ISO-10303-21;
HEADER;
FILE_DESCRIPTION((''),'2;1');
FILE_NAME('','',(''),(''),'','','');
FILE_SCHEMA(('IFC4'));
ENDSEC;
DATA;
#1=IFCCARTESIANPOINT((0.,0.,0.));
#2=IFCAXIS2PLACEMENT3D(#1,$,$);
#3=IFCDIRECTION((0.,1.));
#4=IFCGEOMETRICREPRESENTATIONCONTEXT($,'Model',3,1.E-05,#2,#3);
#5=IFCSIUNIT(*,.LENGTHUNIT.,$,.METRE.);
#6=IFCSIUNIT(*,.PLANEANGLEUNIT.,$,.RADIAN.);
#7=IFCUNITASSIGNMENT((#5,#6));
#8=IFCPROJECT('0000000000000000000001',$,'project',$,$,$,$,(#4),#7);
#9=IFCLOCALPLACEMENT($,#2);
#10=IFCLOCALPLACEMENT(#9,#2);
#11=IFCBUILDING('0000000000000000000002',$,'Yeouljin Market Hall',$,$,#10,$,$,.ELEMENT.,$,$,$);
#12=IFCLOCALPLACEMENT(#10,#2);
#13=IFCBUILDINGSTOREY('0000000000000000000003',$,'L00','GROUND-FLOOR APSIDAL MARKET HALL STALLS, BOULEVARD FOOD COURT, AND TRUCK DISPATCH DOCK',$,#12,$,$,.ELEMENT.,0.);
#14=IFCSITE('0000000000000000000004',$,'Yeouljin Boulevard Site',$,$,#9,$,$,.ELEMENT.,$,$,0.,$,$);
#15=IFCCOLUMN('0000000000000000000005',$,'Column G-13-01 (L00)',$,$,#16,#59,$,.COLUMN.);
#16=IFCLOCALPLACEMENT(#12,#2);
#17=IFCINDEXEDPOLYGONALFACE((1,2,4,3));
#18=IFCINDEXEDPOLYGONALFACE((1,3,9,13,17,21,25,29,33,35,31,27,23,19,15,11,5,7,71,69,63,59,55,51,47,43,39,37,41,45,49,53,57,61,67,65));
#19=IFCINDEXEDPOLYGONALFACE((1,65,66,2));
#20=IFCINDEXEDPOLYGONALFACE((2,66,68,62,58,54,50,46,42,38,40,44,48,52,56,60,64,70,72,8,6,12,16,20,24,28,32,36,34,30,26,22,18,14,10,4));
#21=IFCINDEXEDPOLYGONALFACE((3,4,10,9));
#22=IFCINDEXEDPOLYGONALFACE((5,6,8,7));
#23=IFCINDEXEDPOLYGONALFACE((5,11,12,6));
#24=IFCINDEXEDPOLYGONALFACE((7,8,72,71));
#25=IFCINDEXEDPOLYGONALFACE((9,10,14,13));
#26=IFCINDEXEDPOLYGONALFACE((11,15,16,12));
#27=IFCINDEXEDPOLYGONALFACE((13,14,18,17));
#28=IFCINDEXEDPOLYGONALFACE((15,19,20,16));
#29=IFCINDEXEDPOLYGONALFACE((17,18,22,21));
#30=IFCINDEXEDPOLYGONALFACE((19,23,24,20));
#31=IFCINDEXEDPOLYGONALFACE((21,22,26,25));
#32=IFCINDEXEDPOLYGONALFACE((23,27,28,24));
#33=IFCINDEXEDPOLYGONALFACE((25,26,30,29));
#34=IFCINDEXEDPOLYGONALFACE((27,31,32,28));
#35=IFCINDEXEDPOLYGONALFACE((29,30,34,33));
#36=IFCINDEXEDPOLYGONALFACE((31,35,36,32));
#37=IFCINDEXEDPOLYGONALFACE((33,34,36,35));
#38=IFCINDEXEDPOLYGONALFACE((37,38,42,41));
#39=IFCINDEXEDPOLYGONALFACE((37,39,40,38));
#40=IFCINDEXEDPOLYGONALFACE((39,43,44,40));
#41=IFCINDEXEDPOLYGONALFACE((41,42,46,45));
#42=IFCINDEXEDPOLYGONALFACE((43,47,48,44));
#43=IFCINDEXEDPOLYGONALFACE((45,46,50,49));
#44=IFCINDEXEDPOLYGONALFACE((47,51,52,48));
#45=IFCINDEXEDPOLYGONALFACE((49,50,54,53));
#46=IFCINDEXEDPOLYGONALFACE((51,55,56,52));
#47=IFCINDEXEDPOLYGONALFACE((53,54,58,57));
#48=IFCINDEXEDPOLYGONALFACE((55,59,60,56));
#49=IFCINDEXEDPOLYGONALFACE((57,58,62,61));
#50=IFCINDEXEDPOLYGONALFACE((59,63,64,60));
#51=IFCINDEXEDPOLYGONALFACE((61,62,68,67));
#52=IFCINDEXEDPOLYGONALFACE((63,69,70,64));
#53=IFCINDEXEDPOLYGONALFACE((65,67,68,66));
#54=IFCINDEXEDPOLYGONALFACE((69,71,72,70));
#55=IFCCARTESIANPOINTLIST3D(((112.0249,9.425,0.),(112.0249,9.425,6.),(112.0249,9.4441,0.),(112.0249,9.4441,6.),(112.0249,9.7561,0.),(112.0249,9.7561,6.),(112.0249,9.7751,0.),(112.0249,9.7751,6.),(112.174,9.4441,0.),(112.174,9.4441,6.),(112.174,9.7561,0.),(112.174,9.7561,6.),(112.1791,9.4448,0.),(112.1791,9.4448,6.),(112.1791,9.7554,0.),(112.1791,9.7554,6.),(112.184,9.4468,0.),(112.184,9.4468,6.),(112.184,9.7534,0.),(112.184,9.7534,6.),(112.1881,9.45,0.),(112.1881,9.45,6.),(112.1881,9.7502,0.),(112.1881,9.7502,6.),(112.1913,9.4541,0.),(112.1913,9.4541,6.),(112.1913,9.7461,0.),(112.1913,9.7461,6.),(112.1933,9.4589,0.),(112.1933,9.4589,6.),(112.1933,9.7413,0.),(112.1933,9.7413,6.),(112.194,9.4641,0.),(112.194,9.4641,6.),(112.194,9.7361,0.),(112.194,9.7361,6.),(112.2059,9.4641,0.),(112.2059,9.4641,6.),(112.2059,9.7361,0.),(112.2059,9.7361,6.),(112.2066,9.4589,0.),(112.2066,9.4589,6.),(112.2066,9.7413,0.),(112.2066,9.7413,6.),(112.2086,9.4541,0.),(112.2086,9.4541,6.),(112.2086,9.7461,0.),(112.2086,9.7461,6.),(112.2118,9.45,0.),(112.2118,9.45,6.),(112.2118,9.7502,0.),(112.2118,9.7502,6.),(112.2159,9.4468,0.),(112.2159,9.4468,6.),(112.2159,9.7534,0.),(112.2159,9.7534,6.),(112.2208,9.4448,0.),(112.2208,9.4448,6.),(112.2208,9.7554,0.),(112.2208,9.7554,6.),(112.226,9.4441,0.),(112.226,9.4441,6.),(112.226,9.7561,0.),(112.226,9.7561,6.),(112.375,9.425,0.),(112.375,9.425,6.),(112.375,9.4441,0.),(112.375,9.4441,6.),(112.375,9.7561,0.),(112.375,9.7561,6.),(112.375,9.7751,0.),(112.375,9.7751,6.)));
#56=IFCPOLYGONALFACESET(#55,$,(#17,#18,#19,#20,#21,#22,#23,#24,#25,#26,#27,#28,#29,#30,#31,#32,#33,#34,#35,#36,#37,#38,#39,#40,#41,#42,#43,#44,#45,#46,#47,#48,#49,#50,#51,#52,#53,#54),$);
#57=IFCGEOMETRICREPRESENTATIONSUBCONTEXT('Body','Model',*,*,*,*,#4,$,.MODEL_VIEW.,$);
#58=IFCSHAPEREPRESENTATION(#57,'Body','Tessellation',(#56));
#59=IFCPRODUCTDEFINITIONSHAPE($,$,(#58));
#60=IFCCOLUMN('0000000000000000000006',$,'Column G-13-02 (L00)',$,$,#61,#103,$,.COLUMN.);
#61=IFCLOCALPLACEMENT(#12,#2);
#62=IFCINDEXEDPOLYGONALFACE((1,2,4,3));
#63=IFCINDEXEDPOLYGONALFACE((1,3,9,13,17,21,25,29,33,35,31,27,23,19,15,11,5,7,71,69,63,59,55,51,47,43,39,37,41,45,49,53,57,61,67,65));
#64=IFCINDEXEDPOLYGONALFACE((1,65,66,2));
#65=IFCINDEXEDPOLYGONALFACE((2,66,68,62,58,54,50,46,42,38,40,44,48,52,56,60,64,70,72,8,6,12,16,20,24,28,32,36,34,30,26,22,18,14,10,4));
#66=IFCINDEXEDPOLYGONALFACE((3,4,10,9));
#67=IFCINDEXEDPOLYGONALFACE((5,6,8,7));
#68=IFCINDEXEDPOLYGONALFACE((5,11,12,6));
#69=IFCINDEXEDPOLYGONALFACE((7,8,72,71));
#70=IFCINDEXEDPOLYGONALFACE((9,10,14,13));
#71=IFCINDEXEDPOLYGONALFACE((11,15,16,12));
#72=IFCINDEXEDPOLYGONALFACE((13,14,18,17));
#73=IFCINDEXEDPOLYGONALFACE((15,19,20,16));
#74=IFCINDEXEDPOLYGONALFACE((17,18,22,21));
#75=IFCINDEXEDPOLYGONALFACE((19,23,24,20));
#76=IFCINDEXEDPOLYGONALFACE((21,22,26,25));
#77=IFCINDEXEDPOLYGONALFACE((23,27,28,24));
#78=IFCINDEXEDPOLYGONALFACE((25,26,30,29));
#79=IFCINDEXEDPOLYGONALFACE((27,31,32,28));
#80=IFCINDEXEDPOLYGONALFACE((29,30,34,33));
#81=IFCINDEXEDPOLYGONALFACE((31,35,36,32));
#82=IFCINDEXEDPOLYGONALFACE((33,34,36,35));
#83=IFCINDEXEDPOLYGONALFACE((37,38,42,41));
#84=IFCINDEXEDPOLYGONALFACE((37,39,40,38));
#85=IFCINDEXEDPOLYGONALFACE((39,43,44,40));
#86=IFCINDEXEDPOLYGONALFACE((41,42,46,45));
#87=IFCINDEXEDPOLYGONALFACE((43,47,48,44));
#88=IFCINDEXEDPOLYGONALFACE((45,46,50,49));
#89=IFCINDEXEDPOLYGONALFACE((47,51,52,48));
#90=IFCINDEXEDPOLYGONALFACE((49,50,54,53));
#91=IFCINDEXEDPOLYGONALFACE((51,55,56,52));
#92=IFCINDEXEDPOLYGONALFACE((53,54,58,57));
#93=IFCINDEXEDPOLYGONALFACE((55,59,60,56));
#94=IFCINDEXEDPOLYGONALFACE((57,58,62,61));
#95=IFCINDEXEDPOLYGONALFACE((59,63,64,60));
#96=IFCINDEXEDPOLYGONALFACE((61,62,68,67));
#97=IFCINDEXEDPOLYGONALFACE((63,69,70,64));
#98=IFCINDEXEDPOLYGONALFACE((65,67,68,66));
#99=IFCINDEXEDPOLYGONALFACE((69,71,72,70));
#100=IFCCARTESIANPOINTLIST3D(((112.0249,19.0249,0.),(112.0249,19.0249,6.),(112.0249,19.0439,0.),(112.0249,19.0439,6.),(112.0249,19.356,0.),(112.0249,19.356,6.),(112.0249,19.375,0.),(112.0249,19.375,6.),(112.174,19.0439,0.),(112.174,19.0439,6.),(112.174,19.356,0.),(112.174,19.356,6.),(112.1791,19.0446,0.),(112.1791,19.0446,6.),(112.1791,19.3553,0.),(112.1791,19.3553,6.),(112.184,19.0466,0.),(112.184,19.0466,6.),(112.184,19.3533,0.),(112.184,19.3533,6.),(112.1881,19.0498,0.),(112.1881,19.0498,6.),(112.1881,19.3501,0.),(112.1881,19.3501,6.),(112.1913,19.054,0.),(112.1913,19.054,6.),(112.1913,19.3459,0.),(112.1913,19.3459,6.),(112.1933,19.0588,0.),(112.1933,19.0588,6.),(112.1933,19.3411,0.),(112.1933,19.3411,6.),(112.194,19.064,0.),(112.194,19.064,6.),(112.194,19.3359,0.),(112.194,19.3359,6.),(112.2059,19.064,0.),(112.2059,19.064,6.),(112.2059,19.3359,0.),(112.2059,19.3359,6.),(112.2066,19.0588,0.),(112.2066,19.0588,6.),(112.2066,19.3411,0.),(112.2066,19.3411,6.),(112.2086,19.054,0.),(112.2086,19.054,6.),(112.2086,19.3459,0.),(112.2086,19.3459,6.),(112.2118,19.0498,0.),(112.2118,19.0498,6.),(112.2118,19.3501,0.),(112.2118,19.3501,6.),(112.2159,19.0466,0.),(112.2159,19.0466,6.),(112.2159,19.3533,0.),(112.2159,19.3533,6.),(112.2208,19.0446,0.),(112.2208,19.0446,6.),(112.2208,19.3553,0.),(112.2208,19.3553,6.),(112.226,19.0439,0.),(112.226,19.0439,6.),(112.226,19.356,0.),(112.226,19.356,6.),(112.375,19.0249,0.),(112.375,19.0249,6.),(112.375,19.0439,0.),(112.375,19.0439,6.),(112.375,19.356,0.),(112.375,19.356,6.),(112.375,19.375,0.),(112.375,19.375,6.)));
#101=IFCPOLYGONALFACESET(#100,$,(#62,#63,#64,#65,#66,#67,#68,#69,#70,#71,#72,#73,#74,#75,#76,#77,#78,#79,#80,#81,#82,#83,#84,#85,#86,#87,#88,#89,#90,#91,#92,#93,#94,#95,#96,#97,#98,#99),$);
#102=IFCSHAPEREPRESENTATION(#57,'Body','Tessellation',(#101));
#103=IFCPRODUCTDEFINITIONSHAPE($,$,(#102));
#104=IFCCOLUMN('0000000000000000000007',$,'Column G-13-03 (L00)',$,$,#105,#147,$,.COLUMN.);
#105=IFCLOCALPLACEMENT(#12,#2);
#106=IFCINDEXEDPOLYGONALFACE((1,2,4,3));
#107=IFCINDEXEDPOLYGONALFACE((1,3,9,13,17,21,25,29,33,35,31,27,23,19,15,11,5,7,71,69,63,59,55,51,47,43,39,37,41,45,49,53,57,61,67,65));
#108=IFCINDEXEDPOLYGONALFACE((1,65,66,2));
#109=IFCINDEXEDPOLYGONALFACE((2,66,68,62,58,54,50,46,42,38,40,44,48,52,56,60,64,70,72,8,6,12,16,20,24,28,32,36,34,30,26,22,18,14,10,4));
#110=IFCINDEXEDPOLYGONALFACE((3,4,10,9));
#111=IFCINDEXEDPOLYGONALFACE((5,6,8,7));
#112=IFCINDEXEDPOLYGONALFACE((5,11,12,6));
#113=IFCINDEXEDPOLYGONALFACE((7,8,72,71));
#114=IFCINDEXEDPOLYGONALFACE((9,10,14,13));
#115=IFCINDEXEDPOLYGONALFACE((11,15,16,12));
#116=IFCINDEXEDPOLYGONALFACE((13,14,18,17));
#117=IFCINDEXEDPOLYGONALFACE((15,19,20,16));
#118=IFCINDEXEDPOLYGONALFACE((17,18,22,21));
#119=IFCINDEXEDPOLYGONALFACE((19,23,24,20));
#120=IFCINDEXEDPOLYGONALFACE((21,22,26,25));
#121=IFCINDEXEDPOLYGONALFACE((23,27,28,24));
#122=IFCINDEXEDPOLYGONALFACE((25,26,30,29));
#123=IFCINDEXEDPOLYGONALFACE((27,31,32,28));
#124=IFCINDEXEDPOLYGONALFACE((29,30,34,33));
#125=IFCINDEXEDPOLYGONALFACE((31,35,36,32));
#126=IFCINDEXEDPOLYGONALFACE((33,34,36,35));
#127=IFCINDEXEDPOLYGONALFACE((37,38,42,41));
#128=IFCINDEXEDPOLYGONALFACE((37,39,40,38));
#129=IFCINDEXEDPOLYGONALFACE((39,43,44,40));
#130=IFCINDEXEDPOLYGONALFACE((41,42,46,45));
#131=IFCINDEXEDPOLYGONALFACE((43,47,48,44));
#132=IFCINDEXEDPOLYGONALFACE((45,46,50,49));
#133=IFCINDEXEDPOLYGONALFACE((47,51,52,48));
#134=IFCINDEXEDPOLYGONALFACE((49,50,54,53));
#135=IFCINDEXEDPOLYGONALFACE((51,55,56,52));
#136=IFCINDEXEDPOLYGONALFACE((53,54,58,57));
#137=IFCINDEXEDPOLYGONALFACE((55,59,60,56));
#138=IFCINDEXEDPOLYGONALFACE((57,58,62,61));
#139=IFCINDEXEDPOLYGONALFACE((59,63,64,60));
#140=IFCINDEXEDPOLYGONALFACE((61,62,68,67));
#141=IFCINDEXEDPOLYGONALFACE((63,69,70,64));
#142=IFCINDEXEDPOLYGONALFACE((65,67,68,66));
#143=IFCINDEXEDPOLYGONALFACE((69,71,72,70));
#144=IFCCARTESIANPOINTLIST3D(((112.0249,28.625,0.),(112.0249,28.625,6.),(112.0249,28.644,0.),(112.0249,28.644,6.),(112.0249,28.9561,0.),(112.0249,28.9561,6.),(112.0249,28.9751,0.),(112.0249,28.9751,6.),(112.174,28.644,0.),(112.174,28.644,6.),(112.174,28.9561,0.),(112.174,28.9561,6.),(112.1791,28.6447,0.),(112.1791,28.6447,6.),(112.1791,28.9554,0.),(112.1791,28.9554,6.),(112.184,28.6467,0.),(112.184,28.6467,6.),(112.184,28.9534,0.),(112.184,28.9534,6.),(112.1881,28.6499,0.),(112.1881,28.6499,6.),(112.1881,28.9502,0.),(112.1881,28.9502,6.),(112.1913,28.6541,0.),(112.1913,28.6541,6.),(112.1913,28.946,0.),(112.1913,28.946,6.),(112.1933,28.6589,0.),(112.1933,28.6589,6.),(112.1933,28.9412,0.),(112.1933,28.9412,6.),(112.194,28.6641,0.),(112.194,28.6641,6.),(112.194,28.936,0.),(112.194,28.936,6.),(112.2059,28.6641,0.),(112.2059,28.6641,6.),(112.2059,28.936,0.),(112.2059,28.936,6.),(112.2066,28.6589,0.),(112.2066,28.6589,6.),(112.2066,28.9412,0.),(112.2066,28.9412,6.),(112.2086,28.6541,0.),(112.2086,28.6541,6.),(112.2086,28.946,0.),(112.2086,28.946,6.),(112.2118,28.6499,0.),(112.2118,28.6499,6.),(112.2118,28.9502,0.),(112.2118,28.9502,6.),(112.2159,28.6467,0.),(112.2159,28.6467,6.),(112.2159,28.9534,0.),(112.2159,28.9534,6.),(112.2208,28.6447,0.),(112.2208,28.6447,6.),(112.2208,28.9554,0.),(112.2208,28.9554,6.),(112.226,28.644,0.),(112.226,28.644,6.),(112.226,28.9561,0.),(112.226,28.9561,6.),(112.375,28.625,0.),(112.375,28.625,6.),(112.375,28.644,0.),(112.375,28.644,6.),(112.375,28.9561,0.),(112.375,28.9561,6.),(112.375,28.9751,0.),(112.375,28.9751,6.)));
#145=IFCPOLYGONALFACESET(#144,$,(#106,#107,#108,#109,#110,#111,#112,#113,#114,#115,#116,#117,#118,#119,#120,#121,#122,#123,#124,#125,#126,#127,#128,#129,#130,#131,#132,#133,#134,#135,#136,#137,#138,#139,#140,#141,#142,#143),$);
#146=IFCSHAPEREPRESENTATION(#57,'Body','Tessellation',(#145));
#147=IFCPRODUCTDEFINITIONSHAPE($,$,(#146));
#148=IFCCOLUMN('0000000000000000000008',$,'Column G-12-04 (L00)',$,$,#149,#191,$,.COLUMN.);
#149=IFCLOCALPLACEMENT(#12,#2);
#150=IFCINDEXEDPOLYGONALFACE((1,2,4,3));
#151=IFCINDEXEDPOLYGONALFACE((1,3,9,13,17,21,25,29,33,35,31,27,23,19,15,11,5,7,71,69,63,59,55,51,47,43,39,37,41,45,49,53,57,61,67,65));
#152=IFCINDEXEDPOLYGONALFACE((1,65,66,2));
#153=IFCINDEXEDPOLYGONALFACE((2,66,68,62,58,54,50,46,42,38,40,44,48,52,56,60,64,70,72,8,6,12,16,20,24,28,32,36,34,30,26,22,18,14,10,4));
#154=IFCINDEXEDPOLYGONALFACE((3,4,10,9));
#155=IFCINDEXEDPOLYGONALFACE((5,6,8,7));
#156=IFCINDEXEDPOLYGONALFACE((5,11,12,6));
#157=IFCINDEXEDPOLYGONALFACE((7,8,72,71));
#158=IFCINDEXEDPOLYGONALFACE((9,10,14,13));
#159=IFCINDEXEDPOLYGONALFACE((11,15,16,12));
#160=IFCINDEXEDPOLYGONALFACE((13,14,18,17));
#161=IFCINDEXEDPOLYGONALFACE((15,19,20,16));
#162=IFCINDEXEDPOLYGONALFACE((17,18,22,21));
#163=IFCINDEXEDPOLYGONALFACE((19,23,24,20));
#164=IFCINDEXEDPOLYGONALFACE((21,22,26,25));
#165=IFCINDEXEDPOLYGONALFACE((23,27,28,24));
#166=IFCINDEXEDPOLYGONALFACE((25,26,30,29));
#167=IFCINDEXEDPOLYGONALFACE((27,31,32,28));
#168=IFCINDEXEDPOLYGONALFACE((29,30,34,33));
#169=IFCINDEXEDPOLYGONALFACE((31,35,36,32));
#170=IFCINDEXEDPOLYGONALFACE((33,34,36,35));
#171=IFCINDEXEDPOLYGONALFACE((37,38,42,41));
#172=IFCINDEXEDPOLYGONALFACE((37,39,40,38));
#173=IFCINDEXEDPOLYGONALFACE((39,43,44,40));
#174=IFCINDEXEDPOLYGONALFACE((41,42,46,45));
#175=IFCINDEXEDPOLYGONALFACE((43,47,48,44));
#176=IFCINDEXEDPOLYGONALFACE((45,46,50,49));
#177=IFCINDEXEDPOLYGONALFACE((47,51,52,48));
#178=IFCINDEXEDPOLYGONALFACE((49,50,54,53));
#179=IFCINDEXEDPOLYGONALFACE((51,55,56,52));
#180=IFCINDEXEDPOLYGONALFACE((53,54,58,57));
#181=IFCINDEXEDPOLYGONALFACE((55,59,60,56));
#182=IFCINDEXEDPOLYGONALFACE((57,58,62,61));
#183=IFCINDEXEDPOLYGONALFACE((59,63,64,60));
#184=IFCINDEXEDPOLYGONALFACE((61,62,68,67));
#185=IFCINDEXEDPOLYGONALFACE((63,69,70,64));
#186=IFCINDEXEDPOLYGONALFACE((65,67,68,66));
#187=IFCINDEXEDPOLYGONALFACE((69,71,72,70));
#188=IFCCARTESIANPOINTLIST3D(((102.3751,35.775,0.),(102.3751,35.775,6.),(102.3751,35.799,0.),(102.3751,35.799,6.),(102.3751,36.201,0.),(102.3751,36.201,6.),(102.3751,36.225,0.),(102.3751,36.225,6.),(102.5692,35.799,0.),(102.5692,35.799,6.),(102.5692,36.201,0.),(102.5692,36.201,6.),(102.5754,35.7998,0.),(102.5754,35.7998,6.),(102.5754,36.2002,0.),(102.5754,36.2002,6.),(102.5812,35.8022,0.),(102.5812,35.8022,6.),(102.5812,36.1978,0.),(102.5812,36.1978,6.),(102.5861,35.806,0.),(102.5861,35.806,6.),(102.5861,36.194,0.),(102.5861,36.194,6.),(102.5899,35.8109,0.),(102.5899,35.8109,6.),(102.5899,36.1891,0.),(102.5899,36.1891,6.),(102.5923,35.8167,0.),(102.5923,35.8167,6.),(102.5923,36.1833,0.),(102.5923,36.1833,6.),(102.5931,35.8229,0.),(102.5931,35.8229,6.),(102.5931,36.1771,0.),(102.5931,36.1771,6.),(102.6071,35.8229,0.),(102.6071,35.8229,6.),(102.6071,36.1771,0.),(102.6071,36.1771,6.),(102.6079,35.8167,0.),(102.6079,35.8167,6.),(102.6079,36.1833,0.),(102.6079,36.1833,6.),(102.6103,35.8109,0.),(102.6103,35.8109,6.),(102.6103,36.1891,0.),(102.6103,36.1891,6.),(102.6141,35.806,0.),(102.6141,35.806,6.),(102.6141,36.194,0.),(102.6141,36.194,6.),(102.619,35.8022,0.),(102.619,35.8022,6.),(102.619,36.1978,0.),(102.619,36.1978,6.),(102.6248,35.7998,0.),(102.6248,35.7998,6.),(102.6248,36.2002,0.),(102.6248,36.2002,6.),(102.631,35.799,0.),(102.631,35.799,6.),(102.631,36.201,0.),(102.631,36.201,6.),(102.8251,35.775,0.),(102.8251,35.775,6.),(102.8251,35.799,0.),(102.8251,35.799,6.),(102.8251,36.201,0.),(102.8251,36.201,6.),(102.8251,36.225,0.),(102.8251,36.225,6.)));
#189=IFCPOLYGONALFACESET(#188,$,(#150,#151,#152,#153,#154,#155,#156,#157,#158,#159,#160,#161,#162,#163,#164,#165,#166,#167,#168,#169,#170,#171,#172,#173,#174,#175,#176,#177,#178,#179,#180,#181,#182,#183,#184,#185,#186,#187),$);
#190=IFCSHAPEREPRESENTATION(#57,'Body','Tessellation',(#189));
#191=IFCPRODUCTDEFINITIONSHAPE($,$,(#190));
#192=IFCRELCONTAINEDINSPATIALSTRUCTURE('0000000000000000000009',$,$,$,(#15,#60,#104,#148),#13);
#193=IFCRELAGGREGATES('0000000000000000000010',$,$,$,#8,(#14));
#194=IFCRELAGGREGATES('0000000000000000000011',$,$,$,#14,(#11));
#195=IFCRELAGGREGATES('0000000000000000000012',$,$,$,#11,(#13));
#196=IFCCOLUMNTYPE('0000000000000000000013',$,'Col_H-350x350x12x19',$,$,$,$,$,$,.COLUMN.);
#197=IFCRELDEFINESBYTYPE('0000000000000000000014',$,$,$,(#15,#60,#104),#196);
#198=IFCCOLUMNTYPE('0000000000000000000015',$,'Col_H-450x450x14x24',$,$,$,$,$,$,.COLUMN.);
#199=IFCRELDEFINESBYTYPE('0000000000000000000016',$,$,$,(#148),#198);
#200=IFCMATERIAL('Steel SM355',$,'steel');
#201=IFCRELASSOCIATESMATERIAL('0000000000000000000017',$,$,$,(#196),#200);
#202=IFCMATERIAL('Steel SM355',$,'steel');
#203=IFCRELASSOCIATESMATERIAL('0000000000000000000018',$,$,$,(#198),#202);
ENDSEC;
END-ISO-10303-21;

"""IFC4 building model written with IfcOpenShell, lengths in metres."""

from ifc_helpers import new_model, si_unit, direction, frame, origin, origin_2d, place, context, subcontext, project, spatial, i_section, extrude, material, material_profile, profile_set, type_object, element, save


model = new_model("IFC4")

# Units and contexts
model_context = context("Model", 3, precision=1e-05, world=origin(), true_north=direction((0.0, 1.0)))
body_context = subcontext(model_context, "Body", "Model", "MODEL_VIEW")
ifc_project = project(units=[si_unit("LENGTHUNIT", "METRE"), si_unit("PLANEANGLEUNIT", "RADIAN")], contexts=[model_context])

# Site, building, storey
site_placement = place(None, origin())
site = spatial("IfcSite", under=ifc_project, at=site_placement, Name="Yeouljin Boulevard Site", CompositionType="ELEMENT", RefElevation=0.0)
building_placement = place(site_placement, origin())
building = spatial("IfcBuilding", under=site, at=building_placement, Name="Yeouljin Market Hall", CompositionType="ELEMENT")
storey_placement = place(building_placement, origin())
storey = spatial("IfcBuildingStorey", under=building, at=storey_placement, Name="L00", Description="GROUND-FLOOR APSIDAL MARKET HALL STALLS, BOULEVARD FOOD COURT, AND TRUCK DISPATCH DOCK", CompositionType="ELEMENT", Elevation=0.0)

# Columns
ifc_material_1 = material(Name="Steel SM355", Category="steel")
ifc_material_profile_1 = material_profile(ifc_material_1, i_section(OverallWidth=0.3501, OverallDepth=0.3501, WebThickness=0.012, FlangeThickness=0.019, FilletRadius=0.02, at=origin_2d()), Name="H-350x350x12x19")
ifc_profile_set_1 = profile_set([ifc_material_profile_1], Name="Steel SM355")
column_type_1 = type_object("IfcColumnType", Name="Col_H-350x350x12x19", PredefinedType="COLUMN", material=ifc_profile_set_1)
for number, where, z_axis, x_axis, name in (
    (1, (112.2, 9.6001, 0.0), (0.0, 0.0, 1.0), (1.0, 0.0, 0.0), "Column G-13-01 (L00)"),
    (2, (112.2, 19.2, 0.0), (0.0, 0.0, 1.0), (1.0, 0.0, 0.0), "Column G-13-02 (L00)"),
    (3, (112.2, 28.8, 0.0), (0.0, 0.0, 1.0), (1.0, 0.0, 0.0), "Column G-13-03 (L00)"),
):
    element("IfcColumn", number, at=place(storey_placement, frame(where, z_axis=z_axis, x_axis=x_axis)), inside=storey, type_object=column_type_1, Name=name, PredefinedType="COLUMN", context=body_context, shape_type="SweptSolid", body=[
        extrude(i_section(OverallWidth=0.3501, OverallDepth=0.3501, WebThickness=0.012, FlangeThickness=0.019, FilletRadius=0.02, at=origin_2d()), origin(), (0.0, 0.0, 1.0), 6.0),
    ])
ifc_material_2 = material(Name="Steel SM355", Category="steel")
ifc_material_profile_2 = material_profile(ifc_material_2, i_section(OverallWidth=0.45, OverallDepth=0.45, WebThickness=0.0139, FlangeThickness=0.0239, FilletRadius=0.0239, at=origin_2d()), Name="H-450x450x14x24")
ifc_profile_set_2 = profile_set([ifc_material_profile_2], Name="Steel SM355")
column_type_2 = type_object("IfcColumnType", Name="Col_H-450x450x14x24", PredefinedType="COLUMN", material=ifc_profile_set_2)
for number, where, z_axis, x_axis, name in (
    (4, (102.6001, 36.0, 0.0), (0.0, 0.0, 1.0), (1.0, 0.0, 0.0), "Column G-12-04 (L00)"),
):
    element("IfcColumn", number, at=place(storey_placement, frame(where, z_axis=z_axis, x_axis=x_axis)), inside=storey, type_object=column_type_2, Name=name, PredefinedType="COLUMN", context=body_context, shape_type="SweptSolid", body=[
        extrude(i_section(OverallWidth=0.45, OverallDepth=0.45, WebThickness=0.0139, FlangeThickness=0.0239, FilletRadius=0.0239, at=origin_2d()), origin(), (0.0, 0.0, 1.0), 6.0),
    ])

save(model, "model.ifc")
